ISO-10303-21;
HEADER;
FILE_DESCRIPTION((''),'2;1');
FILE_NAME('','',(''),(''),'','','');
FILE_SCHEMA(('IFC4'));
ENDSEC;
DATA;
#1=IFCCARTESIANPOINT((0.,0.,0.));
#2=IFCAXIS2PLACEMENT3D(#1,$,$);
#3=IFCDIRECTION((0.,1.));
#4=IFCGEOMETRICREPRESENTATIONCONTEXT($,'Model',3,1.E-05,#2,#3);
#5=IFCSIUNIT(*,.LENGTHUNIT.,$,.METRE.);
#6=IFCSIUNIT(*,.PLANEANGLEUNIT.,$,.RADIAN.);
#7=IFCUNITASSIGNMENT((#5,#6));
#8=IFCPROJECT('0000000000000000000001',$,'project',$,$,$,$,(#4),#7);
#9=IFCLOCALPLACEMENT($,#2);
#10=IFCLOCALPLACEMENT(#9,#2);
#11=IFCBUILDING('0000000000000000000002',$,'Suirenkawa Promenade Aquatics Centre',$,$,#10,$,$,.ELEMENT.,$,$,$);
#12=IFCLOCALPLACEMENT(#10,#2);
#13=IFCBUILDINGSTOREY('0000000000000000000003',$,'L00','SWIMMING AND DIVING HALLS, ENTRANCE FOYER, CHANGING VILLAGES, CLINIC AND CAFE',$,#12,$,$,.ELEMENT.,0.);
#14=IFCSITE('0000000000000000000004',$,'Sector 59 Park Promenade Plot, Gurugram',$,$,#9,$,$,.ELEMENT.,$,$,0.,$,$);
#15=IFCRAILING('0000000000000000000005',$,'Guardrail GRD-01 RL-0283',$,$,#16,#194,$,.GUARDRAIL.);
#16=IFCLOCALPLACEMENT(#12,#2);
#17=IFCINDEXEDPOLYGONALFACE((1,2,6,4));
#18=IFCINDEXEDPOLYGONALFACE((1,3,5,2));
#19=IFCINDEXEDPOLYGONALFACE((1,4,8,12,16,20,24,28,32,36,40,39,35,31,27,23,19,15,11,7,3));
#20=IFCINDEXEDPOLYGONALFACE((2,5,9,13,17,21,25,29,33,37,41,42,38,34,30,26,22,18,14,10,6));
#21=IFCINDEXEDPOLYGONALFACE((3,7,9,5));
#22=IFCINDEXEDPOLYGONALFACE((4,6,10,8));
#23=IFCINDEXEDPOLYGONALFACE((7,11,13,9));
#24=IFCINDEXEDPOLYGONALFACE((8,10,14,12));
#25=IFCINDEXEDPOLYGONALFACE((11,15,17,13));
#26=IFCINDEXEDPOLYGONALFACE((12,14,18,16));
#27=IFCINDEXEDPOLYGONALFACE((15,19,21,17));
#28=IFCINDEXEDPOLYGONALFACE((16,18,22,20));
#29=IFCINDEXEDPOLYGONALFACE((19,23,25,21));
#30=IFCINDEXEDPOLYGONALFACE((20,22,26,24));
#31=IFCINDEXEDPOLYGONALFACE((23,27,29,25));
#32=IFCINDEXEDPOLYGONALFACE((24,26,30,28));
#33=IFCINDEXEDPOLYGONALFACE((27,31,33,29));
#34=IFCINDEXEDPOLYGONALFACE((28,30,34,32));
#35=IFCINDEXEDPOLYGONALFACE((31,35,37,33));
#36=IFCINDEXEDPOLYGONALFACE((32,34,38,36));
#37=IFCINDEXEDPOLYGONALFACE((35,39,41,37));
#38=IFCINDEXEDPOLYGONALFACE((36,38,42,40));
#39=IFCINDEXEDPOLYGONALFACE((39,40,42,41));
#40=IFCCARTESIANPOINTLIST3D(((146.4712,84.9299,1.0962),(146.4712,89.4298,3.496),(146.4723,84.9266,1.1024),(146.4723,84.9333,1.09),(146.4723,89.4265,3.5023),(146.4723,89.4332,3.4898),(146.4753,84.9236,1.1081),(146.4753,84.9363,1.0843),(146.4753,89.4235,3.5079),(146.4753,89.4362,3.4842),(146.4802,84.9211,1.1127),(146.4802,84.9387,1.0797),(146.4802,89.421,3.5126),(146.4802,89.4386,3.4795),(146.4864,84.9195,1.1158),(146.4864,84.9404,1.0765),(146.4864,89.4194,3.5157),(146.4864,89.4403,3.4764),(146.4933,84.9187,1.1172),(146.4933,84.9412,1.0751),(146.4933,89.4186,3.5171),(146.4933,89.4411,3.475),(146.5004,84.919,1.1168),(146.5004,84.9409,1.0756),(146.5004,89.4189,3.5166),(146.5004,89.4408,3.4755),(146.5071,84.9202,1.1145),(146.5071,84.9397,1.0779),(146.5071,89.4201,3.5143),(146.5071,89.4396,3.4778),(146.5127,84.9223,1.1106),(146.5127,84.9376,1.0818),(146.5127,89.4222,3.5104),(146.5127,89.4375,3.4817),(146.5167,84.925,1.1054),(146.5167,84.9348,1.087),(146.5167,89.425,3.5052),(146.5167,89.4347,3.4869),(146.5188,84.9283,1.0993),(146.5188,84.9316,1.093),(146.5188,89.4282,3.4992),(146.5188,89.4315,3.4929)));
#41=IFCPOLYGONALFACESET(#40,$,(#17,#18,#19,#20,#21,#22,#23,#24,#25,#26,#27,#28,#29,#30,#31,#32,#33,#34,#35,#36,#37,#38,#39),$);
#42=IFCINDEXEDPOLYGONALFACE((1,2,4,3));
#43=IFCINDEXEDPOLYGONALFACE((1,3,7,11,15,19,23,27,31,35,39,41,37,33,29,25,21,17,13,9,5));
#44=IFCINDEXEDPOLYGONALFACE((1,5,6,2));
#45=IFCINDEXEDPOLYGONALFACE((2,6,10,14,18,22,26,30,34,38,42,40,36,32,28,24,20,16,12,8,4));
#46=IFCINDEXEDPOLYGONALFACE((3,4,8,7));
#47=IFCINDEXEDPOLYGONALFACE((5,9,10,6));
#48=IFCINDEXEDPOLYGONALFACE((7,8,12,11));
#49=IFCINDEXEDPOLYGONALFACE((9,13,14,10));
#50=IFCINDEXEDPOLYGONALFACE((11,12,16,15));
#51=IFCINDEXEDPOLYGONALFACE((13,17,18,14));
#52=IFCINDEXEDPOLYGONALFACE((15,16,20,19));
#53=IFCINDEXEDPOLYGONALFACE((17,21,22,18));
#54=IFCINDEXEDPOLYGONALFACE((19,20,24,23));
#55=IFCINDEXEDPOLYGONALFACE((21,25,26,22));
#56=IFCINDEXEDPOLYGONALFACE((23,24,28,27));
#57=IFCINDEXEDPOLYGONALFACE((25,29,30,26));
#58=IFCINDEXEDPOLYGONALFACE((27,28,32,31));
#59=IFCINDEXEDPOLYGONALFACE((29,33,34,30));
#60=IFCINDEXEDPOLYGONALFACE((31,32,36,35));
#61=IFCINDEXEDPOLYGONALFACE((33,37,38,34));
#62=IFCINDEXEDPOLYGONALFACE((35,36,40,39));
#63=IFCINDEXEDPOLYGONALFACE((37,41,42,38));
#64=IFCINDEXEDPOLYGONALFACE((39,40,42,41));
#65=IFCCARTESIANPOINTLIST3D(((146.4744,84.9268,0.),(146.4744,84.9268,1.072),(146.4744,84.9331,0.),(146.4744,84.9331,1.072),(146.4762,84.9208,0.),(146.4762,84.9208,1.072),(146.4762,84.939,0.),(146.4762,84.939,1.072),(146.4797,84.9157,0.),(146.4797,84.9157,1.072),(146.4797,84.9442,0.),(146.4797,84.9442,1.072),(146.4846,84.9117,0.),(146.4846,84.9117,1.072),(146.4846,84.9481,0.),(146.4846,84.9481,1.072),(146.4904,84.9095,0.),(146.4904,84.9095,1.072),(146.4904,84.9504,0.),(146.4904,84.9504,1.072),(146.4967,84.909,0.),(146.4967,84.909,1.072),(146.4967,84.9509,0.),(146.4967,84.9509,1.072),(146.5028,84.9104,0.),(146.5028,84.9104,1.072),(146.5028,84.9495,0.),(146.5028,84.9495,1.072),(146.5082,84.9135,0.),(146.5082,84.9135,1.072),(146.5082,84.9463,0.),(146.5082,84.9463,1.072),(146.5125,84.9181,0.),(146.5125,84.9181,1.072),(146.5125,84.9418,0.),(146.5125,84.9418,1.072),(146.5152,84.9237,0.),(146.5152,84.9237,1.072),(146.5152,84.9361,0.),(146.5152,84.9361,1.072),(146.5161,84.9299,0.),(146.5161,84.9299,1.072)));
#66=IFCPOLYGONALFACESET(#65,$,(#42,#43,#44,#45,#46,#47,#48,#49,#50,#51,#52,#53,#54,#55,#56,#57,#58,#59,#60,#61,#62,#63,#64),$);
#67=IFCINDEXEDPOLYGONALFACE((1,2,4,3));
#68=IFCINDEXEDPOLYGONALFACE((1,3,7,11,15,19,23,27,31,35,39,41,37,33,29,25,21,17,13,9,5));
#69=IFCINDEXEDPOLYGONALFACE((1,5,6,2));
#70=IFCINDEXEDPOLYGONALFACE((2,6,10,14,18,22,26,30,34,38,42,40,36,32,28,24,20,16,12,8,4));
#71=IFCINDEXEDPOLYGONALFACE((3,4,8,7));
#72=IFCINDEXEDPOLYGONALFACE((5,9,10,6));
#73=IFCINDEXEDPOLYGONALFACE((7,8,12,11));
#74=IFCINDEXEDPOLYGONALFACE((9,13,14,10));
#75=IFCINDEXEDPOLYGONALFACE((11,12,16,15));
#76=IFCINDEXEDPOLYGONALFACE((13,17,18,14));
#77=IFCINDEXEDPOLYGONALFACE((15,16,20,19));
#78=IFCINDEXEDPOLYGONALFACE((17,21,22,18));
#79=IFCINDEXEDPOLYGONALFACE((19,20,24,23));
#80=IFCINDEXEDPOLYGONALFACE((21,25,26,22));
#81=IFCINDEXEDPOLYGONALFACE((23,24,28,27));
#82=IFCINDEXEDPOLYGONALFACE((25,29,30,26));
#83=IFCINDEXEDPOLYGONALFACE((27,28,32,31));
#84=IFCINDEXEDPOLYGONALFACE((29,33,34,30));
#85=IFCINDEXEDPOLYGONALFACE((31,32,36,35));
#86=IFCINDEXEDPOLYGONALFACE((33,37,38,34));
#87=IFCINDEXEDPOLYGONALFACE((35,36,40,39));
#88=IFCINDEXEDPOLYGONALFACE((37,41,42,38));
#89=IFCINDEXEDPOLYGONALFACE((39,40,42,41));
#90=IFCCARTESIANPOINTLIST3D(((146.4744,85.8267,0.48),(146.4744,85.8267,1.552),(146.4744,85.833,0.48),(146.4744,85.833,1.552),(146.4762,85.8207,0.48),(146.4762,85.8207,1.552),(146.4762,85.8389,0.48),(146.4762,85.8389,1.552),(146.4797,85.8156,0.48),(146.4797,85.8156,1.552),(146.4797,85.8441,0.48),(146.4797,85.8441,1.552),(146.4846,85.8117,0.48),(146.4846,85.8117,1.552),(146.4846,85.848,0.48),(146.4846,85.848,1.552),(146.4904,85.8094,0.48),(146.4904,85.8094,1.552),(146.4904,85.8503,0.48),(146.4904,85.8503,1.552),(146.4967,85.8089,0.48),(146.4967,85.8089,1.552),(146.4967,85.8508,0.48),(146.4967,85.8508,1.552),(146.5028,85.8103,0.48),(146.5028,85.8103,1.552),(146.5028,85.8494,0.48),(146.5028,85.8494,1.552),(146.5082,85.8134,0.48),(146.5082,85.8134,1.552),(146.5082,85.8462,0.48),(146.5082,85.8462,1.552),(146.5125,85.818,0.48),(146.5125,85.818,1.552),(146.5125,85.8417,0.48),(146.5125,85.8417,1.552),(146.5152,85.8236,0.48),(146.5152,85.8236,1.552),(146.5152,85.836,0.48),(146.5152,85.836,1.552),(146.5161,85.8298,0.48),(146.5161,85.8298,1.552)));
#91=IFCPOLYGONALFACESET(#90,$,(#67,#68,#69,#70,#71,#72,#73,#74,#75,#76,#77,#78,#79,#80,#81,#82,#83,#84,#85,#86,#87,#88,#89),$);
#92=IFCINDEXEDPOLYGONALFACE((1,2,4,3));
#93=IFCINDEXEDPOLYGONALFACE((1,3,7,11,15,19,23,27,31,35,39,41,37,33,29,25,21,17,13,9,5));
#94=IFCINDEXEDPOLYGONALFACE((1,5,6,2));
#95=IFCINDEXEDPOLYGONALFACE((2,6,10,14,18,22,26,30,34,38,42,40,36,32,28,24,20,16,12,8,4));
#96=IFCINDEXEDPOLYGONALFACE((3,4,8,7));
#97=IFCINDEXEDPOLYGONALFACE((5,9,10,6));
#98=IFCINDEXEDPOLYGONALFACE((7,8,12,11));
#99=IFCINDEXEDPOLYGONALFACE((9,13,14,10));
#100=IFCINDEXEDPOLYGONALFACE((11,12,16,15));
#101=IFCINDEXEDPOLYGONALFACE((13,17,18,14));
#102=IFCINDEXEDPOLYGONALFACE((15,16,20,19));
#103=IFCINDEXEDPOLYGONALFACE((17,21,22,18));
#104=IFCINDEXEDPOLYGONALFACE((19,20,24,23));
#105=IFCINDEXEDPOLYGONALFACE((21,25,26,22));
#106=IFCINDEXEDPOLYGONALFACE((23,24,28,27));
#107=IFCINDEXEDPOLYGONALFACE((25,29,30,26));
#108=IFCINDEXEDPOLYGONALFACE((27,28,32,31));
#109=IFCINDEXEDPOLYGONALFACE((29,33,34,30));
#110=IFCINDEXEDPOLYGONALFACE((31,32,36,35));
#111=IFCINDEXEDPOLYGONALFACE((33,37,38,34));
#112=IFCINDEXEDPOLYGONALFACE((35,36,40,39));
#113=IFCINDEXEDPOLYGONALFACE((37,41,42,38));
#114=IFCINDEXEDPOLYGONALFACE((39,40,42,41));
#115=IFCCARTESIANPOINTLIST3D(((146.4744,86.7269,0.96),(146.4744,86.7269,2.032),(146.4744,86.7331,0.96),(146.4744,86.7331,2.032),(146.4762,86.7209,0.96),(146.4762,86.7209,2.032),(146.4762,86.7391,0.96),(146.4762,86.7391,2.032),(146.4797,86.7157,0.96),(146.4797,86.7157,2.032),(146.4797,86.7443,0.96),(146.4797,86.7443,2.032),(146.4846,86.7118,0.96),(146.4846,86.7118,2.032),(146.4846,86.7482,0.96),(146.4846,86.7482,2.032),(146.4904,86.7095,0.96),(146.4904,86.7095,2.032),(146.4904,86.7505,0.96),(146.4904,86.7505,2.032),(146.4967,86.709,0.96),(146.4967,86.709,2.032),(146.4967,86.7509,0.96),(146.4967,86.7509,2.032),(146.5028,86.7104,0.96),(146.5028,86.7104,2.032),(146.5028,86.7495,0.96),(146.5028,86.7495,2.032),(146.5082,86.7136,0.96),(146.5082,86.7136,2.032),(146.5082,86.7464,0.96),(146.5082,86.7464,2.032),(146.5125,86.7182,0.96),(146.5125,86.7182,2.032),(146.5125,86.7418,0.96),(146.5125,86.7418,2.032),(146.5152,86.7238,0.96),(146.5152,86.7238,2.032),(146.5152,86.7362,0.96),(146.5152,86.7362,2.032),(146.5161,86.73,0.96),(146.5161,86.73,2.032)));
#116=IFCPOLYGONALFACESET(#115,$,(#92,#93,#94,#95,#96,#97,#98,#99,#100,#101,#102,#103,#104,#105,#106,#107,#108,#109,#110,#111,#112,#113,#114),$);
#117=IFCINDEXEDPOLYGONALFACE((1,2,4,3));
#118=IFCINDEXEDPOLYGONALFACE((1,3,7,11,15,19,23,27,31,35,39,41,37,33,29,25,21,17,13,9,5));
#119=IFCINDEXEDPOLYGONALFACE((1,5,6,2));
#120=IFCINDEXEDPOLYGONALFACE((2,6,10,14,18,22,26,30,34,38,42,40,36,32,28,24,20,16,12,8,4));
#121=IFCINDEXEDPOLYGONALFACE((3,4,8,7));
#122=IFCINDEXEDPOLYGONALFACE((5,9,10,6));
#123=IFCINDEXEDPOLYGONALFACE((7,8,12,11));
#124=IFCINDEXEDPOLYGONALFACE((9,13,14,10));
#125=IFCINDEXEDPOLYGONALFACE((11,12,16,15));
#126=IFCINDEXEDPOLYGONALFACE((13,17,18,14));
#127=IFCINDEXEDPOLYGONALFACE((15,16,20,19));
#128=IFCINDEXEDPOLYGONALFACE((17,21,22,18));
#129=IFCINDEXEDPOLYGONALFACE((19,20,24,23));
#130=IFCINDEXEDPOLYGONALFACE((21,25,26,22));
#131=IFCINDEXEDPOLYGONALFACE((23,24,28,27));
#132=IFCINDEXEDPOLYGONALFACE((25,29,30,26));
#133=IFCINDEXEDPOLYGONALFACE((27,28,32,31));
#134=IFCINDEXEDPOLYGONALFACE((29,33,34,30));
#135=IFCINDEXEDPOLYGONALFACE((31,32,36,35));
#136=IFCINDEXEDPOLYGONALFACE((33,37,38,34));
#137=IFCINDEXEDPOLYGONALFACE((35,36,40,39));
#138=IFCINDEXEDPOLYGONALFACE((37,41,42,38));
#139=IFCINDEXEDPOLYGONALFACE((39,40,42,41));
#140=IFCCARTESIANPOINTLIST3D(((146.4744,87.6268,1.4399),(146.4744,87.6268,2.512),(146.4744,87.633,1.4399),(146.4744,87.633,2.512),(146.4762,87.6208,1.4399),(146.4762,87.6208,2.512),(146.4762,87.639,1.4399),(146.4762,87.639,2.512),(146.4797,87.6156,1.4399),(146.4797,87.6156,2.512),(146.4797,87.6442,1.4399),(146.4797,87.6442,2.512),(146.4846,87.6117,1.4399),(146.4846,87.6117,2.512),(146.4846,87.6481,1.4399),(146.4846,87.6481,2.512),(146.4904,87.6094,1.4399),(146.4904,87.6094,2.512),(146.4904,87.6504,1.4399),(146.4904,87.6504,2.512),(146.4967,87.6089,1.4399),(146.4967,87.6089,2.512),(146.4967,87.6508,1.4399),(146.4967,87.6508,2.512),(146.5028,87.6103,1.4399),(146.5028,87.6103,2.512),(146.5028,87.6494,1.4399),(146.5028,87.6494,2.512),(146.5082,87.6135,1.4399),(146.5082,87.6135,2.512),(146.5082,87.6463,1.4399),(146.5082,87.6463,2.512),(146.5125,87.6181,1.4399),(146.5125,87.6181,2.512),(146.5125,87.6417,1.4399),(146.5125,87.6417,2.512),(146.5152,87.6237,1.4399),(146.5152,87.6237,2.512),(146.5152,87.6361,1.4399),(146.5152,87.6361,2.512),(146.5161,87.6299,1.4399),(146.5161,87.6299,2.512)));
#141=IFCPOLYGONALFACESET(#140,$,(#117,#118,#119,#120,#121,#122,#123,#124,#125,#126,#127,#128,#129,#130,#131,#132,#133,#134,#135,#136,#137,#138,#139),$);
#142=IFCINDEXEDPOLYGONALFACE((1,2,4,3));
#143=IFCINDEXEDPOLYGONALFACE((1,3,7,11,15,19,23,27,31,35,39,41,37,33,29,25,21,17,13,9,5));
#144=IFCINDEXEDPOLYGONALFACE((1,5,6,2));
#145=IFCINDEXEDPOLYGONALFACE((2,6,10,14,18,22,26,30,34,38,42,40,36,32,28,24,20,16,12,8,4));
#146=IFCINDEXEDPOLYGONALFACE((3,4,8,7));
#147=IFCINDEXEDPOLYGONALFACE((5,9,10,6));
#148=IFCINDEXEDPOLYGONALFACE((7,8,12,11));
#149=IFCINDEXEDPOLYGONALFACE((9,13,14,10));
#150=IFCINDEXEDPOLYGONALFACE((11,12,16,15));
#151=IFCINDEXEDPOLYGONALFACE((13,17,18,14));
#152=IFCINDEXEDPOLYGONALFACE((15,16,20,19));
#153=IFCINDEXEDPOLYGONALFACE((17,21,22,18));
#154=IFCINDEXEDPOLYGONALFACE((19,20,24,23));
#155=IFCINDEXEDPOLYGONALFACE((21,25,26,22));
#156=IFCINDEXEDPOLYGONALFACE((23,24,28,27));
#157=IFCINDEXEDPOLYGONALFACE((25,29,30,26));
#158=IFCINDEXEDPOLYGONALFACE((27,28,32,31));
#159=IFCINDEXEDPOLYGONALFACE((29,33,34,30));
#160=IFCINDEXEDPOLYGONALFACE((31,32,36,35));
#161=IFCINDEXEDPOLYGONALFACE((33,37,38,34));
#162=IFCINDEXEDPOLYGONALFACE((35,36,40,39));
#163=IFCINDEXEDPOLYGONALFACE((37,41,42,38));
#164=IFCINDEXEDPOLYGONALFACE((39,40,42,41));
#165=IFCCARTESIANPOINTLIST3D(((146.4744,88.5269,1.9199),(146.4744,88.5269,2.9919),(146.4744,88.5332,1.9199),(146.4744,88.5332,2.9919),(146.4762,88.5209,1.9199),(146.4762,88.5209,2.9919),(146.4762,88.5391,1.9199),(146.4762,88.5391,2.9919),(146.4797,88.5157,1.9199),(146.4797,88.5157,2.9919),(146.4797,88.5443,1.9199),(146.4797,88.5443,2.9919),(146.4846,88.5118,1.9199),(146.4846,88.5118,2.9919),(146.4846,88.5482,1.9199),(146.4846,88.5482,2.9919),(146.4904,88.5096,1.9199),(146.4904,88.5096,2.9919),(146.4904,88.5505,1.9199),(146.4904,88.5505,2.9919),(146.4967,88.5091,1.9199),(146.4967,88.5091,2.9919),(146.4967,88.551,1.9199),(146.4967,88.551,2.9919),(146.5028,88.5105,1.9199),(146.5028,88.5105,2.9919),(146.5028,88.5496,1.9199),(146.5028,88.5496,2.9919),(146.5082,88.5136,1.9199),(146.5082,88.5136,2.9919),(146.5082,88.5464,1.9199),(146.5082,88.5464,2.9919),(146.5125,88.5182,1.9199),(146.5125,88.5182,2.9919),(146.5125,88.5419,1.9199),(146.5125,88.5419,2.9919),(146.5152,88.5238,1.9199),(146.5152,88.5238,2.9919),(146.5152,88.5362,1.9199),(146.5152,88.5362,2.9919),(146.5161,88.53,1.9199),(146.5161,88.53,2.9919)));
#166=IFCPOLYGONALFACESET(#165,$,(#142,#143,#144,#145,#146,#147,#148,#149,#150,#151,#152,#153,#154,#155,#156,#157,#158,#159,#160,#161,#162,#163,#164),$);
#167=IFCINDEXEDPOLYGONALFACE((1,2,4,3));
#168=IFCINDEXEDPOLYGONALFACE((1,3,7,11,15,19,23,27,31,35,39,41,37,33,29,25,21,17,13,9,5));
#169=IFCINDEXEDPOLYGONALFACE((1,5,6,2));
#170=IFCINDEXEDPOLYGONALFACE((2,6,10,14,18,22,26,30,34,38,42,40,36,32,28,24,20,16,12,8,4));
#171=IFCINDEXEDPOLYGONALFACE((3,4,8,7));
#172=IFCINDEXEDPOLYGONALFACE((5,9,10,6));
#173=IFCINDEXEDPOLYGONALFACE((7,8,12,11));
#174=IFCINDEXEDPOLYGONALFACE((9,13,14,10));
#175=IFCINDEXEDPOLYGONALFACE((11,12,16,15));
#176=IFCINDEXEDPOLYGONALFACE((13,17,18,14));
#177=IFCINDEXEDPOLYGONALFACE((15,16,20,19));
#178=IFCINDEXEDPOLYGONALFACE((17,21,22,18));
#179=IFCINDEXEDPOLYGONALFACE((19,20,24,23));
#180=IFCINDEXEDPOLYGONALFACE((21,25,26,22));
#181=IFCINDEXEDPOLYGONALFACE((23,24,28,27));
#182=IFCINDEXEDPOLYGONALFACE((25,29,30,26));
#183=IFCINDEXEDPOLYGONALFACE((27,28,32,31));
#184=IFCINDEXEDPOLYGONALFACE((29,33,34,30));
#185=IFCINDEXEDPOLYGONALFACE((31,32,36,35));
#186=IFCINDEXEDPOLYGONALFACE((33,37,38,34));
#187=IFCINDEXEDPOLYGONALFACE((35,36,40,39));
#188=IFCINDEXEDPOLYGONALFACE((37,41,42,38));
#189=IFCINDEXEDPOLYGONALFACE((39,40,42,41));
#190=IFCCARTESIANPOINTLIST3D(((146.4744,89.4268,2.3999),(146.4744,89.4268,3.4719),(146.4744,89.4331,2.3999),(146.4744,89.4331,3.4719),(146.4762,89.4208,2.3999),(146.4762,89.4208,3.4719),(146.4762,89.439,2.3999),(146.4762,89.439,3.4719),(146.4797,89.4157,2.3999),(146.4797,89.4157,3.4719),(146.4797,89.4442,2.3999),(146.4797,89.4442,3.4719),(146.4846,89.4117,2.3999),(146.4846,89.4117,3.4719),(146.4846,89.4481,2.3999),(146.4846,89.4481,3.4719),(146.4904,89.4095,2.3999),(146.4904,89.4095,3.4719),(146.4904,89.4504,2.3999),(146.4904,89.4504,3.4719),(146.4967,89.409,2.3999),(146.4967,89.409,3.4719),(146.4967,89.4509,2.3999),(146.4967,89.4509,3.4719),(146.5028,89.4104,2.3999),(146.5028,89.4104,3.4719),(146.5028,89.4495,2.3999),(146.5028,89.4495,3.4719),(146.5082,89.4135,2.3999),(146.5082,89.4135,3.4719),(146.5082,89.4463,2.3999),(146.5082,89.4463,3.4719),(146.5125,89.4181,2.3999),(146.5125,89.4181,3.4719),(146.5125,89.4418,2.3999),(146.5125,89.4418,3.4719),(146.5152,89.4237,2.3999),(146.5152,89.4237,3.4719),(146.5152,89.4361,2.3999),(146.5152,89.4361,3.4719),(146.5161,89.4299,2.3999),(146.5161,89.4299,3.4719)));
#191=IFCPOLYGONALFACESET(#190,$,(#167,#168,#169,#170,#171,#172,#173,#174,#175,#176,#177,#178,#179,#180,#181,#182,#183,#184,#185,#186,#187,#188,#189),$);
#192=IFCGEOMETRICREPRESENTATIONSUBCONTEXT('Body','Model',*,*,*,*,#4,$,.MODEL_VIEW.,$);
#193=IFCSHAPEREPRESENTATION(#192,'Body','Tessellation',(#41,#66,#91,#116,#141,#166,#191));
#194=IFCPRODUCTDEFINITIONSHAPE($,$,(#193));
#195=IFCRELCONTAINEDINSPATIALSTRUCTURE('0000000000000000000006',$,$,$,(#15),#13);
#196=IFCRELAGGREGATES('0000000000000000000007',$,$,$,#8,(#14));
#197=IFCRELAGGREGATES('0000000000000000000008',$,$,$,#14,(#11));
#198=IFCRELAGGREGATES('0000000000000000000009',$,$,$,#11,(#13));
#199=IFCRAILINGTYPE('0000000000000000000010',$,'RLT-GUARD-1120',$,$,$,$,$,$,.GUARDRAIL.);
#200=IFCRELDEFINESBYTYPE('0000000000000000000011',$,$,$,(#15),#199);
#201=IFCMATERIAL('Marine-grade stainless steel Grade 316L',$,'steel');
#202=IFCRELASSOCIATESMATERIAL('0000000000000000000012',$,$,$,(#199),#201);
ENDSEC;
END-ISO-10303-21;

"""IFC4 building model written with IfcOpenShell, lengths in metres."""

from ifc_helpers import new_model, si_unit, direction, frame, origin, origin_2d, place, context, subcontext, project, spatial, circle, extrude, material, type_object, element, save


model = new_model("IFC4")

# Units and contexts
model_context = context("Model", 3, precision=1e-05, world=origin(), true_north=direction((0.0, 1.0)))
body_context = subcontext(model_context, "Body", "Model", "MODEL_VIEW")
ifc_project = project(units=[si_unit("LENGTHUNIT", "METRE"), si_unit("PLANEANGLEUNIT", "RADIAN")], contexts=[model_context])

# Site, building, storey
site_placement = place(None, origin())
site = spatial("IfcSite", under=ifc_project, at=site_placement, Name="Sector 59 Park Promenade Plot, Gurugram", CompositionType="ELEMENT", RefElevation=0.0)
building_placement = place(site_placement, origin())
building = spatial("IfcBuilding", under=site, at=building_placement, Name="Suirenkawa Promenade Aquatics Centre", CompositionType="ELEMENT")
storey_placement = place(building_placement, origin())
storey = spatial("IfcBuildingStorey", under=building, at=storey_placement, Name="L00", Description="SWIMMING AND DIVING HALLS, ENTRANCE FOYER, CHANGING VILLAGES, CLINIC AND CAFE", CompositionType="ELEMENT", Elevation=0.0)

# Railing
ifc_material_1 = material(Name="Marine-grade stainless steel Grade 316L", Category="steel")
railing_type_1 = type_object("IfcRailingType", Name="RLT-GUARD-1120", PredefinedType="GUARDRAIL", material=ifc_material_1)
railing_1_placement = place(storey_placement, frame((146.4951, 84.9299, 0.0)))
element("IfcRailing", 1, at=railing_1_placement, inside=storey, type_object=railing_type_1, Name="Guardrail GRD-01 RL-0283", PredefinedType="GUARDRAIL", context=body_context, shape_type="SweptSolid", body=[
    extrude(circle(Radius=0.0239, at=origin_2d()), frame((0.0, 0.0, 1.0962), z_axis=(0.0, 0.882361, 0.470573), x_axis=(-1.0, 0.0, 0.0)), (0.0, 0.0, 1.0), 5.0999),
    extrude(circle(Radius=0.021, at=origin_2d()), origin(), (0.0, 0.0, 1.0), 1.072),
    extrude(circle(Radius=0.021, at=origin_2d()), frame((0.0, 0.8999, 0.48)), (0.0, 0.0, 1.0), 1.072),
    extrude(circle(Radius=0.021, at=origin_2d()), frame((0.0, 1.8, 0.96)), (0.0, 0.0, 1.0), 1.072),
    extrude(circle(Radius=0.021, at=origin_2d()), frame((0.0, 2.7, 1.4399)), (0.0, 0.0, 1.0), 1.072),
    extrude(circle(Radius=0.021, at=origin_2d()), frame((0.0, 3.6001, 1.9199)), (0.0, 0.0, 1.0), 1.072),
    extrude(circle(Radius=0.021, at=origin_2d()), frame((0.0, 4.5, 2.3999)), (0.0, 0.0, 1.0), 1.072),
])

save(model, "model.ifc")
